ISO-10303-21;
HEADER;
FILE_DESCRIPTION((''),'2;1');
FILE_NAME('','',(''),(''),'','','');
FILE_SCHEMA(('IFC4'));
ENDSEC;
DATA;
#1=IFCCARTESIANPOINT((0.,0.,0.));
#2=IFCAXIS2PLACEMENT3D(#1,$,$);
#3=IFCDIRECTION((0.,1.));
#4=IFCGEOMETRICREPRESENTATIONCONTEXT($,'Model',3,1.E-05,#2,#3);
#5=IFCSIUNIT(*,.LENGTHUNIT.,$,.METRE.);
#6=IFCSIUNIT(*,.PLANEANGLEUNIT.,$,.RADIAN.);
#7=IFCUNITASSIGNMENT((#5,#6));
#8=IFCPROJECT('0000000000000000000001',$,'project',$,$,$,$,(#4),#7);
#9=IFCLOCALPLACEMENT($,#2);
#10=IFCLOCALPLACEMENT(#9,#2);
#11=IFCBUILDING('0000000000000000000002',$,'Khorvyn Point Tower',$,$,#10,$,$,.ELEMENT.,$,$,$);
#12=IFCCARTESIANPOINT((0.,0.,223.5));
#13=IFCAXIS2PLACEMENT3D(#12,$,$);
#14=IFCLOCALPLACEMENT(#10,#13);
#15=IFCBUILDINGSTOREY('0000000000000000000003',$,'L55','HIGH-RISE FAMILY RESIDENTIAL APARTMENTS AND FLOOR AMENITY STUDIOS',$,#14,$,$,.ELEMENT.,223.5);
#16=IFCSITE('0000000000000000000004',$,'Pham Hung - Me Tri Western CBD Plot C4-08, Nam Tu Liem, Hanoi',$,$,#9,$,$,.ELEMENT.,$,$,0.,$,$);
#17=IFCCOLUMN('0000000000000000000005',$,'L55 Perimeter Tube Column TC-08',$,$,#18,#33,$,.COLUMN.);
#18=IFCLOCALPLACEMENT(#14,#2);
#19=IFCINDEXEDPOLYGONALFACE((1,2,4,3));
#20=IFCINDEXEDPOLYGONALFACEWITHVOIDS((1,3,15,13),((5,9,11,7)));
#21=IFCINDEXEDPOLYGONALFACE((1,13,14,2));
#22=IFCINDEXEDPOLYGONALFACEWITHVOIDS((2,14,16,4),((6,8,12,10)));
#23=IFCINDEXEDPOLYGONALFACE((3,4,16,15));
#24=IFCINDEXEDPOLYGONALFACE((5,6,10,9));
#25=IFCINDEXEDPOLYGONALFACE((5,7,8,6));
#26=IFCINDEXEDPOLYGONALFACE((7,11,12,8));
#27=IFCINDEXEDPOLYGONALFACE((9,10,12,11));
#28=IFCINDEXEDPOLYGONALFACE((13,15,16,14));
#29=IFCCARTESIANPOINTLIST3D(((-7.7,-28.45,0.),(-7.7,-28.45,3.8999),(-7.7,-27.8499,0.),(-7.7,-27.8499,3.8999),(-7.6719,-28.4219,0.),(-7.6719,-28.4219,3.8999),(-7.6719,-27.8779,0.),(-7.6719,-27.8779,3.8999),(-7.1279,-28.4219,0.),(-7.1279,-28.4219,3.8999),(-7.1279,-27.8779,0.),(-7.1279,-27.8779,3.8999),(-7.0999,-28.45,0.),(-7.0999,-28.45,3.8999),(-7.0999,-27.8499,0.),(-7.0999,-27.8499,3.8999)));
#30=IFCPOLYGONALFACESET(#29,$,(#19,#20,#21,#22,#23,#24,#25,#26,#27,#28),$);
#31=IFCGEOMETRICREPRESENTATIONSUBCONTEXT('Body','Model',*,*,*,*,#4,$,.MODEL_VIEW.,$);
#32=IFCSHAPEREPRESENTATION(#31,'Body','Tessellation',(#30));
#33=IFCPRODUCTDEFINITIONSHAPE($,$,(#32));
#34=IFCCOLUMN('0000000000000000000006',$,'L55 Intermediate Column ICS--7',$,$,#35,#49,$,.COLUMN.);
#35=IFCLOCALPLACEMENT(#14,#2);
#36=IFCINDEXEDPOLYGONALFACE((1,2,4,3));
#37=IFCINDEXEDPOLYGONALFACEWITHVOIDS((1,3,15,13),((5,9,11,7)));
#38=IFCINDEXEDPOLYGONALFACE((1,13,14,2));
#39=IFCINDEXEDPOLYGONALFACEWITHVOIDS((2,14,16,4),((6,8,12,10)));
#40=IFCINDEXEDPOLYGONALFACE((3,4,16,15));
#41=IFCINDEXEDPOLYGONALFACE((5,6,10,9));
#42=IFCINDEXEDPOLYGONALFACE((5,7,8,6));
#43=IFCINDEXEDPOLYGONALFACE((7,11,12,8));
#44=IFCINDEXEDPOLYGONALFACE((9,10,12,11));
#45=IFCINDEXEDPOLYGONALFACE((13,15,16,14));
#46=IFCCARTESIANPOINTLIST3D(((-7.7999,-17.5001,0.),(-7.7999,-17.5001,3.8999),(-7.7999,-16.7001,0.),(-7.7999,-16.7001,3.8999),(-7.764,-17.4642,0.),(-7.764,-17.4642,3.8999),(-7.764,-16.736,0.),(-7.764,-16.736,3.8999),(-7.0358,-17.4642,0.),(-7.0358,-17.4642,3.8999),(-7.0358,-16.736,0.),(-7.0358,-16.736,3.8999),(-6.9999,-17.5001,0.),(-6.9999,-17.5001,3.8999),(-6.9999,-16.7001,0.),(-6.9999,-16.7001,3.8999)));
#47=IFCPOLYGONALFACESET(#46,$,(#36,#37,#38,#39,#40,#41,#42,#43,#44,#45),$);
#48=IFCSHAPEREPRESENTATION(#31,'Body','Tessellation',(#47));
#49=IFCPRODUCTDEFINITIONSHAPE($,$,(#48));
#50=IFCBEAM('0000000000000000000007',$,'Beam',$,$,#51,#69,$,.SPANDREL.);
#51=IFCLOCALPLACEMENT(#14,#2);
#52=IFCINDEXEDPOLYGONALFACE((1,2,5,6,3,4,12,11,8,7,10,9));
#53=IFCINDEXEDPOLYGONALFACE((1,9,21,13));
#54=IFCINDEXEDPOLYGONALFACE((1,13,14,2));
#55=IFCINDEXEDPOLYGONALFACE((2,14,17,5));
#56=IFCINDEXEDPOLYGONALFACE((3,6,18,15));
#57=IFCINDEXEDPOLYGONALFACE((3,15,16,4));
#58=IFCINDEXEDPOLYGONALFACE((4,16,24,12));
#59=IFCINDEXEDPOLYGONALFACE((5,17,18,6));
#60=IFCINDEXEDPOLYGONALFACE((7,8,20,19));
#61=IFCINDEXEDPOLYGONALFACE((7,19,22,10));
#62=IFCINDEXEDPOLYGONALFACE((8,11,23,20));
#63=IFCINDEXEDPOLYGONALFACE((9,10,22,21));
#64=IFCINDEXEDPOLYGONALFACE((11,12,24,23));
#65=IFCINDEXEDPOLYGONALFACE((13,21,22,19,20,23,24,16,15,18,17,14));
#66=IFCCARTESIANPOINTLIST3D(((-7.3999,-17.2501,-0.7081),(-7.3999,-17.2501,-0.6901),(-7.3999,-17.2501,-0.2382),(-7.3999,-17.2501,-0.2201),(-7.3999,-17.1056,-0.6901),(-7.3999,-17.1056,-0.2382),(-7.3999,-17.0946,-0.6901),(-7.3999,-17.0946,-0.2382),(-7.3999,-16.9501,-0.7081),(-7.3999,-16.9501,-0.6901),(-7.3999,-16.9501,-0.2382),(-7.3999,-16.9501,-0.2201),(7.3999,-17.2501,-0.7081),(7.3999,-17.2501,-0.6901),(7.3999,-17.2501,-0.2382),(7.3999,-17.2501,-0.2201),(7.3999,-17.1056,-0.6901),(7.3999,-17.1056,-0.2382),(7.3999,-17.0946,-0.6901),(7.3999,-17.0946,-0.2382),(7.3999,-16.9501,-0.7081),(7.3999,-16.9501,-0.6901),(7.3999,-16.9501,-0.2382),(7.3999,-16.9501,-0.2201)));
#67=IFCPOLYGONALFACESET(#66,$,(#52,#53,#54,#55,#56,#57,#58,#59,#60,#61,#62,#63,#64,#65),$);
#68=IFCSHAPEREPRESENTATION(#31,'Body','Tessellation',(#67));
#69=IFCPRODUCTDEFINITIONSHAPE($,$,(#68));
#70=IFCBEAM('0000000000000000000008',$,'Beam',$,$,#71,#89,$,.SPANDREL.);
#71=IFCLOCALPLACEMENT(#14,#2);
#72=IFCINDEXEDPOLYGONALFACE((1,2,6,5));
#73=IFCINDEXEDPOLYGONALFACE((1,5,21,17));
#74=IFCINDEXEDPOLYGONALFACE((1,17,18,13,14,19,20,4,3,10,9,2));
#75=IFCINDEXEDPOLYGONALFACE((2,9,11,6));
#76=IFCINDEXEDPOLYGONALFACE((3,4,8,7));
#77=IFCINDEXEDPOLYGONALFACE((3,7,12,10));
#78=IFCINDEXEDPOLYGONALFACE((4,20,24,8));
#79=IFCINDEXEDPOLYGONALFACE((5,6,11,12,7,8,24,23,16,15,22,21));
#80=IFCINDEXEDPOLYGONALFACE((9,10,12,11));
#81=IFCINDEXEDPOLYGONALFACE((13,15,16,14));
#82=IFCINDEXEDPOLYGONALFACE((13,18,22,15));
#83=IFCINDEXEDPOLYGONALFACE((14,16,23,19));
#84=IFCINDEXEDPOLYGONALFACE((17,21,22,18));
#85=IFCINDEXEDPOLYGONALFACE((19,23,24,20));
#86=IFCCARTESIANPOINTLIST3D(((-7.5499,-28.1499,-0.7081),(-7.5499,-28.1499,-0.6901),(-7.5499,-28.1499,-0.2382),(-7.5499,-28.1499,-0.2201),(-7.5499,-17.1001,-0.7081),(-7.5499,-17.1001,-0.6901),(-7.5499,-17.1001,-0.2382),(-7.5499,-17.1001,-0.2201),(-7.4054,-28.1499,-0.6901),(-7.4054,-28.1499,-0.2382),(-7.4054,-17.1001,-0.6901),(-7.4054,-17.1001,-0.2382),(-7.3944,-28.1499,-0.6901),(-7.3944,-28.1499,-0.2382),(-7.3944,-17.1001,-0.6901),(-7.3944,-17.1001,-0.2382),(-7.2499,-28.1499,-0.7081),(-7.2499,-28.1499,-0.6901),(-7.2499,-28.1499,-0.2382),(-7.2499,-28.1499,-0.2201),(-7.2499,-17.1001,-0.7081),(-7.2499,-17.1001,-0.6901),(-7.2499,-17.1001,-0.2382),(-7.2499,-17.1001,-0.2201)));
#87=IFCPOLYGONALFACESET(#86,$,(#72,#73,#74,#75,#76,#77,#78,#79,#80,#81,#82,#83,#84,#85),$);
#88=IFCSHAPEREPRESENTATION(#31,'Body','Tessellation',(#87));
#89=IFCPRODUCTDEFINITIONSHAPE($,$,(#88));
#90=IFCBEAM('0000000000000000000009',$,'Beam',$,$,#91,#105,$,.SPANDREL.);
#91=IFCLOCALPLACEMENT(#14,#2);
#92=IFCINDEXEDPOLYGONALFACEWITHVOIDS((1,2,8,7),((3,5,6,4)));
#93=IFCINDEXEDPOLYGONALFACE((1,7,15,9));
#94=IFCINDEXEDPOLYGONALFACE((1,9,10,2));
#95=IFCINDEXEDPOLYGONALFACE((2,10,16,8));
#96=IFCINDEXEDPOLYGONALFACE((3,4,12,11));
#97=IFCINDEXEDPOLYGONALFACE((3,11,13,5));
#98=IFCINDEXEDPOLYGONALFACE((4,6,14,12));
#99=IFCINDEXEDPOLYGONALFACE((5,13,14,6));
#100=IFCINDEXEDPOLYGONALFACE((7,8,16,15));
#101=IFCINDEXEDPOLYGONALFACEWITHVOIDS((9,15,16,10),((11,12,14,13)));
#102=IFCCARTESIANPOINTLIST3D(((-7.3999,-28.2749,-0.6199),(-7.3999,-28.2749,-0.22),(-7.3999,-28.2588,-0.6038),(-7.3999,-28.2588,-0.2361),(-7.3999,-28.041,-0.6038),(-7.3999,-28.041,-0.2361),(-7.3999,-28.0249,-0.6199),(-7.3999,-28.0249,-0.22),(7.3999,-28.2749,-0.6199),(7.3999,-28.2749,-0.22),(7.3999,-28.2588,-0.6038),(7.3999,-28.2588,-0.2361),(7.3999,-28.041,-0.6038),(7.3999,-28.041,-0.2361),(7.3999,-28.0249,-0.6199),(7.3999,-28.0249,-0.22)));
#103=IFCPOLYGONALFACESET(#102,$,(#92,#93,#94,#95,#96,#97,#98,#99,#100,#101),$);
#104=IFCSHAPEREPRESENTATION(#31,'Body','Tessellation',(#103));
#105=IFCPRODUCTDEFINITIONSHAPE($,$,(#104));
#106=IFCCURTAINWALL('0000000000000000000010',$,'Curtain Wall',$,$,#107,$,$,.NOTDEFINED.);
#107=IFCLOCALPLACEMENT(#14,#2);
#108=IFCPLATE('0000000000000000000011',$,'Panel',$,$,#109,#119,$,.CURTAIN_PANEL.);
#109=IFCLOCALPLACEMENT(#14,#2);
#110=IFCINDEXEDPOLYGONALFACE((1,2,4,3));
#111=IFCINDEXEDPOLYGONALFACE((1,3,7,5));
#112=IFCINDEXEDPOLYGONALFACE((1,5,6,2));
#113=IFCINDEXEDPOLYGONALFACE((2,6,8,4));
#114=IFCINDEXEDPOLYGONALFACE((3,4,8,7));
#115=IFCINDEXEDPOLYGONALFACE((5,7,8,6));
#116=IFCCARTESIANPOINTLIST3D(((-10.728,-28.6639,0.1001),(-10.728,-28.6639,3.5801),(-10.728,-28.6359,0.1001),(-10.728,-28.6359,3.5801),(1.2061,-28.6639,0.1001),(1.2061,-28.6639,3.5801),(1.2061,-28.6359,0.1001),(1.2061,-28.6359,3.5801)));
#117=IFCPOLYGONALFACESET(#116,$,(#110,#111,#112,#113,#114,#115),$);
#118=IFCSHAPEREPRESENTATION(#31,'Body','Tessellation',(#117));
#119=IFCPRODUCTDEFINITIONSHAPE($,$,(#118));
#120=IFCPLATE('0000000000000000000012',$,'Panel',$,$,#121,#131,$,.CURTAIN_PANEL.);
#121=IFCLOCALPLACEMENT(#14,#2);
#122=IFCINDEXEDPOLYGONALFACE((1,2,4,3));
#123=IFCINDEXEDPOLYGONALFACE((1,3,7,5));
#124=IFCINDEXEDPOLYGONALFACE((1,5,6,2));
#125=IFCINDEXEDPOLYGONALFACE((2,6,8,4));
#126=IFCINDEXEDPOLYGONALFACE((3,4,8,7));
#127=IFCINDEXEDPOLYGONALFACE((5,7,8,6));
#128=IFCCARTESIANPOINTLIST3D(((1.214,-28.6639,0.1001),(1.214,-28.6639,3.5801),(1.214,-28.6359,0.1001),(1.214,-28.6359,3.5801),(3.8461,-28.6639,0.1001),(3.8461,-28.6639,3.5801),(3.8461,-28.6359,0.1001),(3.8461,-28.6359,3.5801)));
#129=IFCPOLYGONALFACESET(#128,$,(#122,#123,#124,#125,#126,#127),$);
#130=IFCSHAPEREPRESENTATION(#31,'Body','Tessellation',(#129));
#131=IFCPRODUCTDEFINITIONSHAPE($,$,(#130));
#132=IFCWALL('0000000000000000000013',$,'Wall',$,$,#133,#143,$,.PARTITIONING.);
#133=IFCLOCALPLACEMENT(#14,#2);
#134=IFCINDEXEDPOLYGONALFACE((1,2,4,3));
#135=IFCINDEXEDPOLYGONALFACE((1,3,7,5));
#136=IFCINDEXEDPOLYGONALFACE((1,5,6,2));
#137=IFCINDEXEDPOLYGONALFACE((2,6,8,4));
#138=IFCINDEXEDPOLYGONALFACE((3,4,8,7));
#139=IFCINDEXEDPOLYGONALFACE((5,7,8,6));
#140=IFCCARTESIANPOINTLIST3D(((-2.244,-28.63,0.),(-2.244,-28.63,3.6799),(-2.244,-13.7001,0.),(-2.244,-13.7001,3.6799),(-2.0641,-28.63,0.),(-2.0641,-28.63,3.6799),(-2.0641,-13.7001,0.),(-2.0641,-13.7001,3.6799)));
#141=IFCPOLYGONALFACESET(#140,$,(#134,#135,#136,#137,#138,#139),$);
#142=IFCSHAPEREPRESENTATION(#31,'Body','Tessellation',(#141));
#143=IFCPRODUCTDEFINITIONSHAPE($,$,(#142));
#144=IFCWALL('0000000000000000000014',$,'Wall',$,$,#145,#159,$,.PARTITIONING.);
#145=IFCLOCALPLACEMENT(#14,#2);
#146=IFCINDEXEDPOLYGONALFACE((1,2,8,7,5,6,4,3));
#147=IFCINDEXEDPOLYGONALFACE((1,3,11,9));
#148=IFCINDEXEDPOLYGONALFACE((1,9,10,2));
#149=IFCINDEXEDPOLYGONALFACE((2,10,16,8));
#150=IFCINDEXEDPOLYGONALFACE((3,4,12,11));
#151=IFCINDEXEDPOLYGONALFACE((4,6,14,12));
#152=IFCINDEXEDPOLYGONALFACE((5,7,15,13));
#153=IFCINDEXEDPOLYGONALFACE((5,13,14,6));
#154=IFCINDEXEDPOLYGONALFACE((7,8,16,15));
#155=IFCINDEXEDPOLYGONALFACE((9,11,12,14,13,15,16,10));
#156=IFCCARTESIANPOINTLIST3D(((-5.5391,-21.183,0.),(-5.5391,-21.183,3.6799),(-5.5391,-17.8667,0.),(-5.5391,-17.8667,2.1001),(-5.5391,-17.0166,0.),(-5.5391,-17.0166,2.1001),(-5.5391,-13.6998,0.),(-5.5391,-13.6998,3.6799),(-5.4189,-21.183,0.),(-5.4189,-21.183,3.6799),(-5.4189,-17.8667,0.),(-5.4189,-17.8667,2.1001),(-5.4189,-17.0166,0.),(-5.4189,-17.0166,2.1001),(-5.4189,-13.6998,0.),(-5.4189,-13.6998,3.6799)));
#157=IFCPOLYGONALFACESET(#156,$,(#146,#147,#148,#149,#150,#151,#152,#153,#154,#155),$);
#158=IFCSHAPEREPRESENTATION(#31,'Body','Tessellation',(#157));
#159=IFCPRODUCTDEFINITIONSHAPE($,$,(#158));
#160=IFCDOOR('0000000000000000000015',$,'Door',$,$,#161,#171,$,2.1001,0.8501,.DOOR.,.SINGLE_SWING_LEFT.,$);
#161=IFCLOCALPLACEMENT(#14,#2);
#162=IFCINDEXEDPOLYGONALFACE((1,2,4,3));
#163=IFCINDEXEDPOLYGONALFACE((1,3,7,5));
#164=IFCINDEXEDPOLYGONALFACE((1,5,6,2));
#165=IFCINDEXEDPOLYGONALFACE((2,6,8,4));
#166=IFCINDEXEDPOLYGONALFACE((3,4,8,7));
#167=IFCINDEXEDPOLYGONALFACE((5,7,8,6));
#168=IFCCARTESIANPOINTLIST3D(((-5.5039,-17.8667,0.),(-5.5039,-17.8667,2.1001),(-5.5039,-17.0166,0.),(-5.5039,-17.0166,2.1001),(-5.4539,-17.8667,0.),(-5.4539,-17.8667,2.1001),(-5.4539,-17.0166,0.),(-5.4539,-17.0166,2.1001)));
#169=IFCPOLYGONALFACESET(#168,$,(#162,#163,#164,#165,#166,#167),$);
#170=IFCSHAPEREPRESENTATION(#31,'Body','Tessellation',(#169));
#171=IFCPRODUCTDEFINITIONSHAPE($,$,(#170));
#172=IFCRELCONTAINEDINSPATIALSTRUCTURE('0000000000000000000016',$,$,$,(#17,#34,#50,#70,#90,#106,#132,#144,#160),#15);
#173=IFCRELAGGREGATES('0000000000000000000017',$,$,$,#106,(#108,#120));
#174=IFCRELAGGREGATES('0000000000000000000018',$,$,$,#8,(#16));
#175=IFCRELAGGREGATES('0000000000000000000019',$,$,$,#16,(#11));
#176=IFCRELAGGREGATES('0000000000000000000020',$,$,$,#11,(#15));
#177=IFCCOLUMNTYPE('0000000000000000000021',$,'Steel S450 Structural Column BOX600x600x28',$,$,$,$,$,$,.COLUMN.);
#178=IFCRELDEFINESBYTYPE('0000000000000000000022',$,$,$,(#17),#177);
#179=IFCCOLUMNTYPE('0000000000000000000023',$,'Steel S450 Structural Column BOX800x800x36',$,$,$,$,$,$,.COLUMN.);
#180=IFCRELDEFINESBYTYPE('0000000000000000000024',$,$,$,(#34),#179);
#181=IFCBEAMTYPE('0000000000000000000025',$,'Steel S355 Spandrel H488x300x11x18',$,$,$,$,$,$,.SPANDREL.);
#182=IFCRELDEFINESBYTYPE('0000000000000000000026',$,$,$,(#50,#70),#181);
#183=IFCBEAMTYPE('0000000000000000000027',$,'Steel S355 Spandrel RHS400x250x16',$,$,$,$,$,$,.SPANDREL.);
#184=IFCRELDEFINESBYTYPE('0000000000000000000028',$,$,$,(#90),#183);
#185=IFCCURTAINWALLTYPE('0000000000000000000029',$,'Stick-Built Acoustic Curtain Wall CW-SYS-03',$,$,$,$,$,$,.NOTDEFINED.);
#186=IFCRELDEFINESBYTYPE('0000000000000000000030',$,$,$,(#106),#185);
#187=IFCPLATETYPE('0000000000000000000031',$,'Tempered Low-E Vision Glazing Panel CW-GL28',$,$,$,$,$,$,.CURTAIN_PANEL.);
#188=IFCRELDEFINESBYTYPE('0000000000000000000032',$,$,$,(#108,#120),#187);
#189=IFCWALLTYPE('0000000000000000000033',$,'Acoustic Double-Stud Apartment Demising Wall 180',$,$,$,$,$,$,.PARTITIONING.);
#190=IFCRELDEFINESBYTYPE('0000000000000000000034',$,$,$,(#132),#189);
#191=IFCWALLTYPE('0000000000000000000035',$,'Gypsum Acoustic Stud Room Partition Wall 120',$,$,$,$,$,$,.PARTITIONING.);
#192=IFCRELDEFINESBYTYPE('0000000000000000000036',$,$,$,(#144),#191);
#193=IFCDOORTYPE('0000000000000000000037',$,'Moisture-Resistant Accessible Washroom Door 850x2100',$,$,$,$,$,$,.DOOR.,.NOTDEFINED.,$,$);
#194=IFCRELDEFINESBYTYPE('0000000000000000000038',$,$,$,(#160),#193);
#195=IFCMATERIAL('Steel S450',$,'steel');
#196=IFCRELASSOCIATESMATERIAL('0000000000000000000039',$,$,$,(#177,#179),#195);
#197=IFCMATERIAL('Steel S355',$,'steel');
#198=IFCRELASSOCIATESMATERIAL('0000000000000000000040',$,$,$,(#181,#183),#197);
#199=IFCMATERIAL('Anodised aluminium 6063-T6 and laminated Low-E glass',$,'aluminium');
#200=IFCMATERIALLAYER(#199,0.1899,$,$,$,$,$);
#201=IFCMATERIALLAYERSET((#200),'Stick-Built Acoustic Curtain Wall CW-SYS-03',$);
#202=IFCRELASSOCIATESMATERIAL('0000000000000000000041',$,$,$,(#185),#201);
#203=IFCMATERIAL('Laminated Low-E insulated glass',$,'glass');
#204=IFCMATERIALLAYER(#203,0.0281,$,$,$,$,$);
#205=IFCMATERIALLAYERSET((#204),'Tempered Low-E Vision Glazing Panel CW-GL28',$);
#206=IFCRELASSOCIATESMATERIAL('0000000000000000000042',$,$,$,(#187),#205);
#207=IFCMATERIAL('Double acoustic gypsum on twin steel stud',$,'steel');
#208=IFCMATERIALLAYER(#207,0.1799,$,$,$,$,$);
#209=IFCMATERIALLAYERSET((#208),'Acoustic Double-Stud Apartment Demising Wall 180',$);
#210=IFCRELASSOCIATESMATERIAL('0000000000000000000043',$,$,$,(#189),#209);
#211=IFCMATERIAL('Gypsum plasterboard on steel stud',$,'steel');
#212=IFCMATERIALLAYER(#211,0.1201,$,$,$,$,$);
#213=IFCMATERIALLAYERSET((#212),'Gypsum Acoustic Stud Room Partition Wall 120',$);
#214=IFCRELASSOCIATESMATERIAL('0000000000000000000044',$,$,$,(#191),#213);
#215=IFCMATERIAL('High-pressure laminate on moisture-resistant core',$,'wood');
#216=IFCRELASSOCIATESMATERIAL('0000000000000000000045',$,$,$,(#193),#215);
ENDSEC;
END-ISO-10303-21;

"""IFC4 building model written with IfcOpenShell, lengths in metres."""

from ifc_helpers import new_model, si_unit, direction, frame, frame_2d, origin, origin_2d, place, context, subcontext, project, spatial, rectangle, hollow_rectangle, i_section, extrude, material, layer, layer_set, material_profile, profile_set, type_object, element, fill, aggregate, save


model = new_model("IFC4")

# Units and contexts
model_context = context("Model", 3, precision=1e-05, world=origin(), true_north=direction((0.0, 1.0)))
body_context = subcontext(model_context, "Body", "Model", "MODEL_VIEW")
ifc_project = project(units=[si_unit("LENGTHUNIT", "METRE"), si_unit("PLANEANGLEUNIT", "RADIAN")], contexts=[model_context])

# Site, building, storey
site_placement = place(None, origin())
site = spatial("IfcSite", under=ifc_project, at=site_placement, Name="Pham Hung - Me Tri Western CBD Plot C4-08, Nam Tu Liem, Hanoi", CompositionType="ELEMENT", RefElevation=0.0)
building_placement = place(site_placement, origin())
building = spatial("IfcBuilding", under=site, at=building_placement, Name="Khorvyn Point Tower", CompositionType="ELEMENT")
storey_placement = place(building_placement, frame((0.0, 0.0, 223.5)))
storey = spatial("IfcBuildingStorey", under=building, at=storey_placement, Name="L55", Description="HIGH-RISE FAMILY RESIDENTIAL APARTMENTS AND FLOOR AMENITY STUDIOS", CompositionType="ELEMENT", Elevation=223.5)

# Columns
ifc_material_1 = material(Name="Steel S450", Category="steel")
ifc_material_profile_1 = material_profile(ifc_material_1, hollow_rectangle(XDim=0.6001, YDim=0.6001, WallThickness=0.0281, at=origin_2d()))
ifc_profile_set_1 = profile_set([ifc_material_profile_1], Name="Steel S450 BOX600x600x28")
column_type_1 = type_object("IfcColumnType", Name="Steel S450 Structural Column BOX600x600x28", PredefinedType="COLUMN", material=ifc_profile_set_1)
column_1_placement = place(storey_placement, frame((-7.3999, -28.1499, 0.0), z_axis=(0.0, 0.0, 1.0), x_axis=(1.0, 0.0, 0.0)))
element("IfcColumn", 1, at=column_1_placement, inside=storey, type_object=column_type_1, Name="L55 Perimeter Tube Column TC-08", PredefinedType="COLUMN", context=body_context, shape_type="SweptSolid", body=[
    extrude(hollow_rectangle(XDim=0.6001, YDim=0.6001, WallThickness=0.0281, at=origin_2d()), origin(), (0.0, 0.0, 1.0), 3.8999),
])
ifc_material_profile_2 = material_profile(ifc_material_1, hollow_rectangle(XDim=0.8, YDim=0.8, WallThickness=0.0359, at=origin_2d()))
ifc_profile_set_2 = profile_set([ifc_material_profile_2], Name="Steel S450 BOX800x800x36")
column_type_2 = type_object("IfcColumnType", Name="Steel S450 Structural Column BOX800x800x36", PredefinedType="COLUMN", material=ifc_profile_set_2)
column_2_placement = place(storey_placement, frame((-7.3999, -17.1001, 0.0), z_axis=(0.0, 0.0, 1.0), x_axis=(1.0, 0.0, 0.0)))
element("IfcColumn", 2, at=column_2_placement, inside=storey, type_object=column_type_2, Name="L55 Intermediate Column ICS--7", PredefinedType="COLUMN", context=body_context, shape_type="SweptSolid", body=[
    extrude(hollow_rectangle(XDim=0.8, YDim=0.8, WallThickness=0.0359, at=origin_2d()), origin(), (0.0, 0.0, 1.0), 3.8999),
])

# Beams
ifc_material_2 = material(Name="Steel S355", Category="steel")
ifc_material_profile_3 = material_profile(ifc_material_2, i_section(OverallWidth=0.3, OverallDepth=0.488, WebThickness=0.011, FlangeThickness=0.0181, at=origin_2d()))
ifc_profile_set_3 = profile_set([ifc_material_profile_3], Name="Steel S355 H488x300x11x18")
beam_type_1 = type_object("IfcBeamType", Name="Steel S355 Spandrel H488x300x11x18", PredefinedType="SPANDREL", material=ifc_profile_set_3)
beam_1_placement = place(storey_placement, frame((-7.3999, -17.1001, -0.4641), z_axis=(1.0, 0.0, 0.0), x_axis=(0.0, 1.0, 0.0)))
element("IfcBeam", 3, at=beam_1_placement, inside=storey, type_object=beam_type_1, Name="Beam", PredefinedType="SPANDREL", context=body_context, shape_type="SweptSolid", body=[
    extrude(i_section(OverallWidth=0.3, OverallDepth=0.488, WebThickness=0.011, FlangeThickness=0.0181, at=origin_2d()), origin(), (0.0, 0.0, 1.0), 14.7998),
])
beam_2_placement = place(storey_placement, frame((-7.3999, -28.1499, -0.4641), z_axis=(0.0, 1.0, 0.0), x_axis=(-1.0, 0.0, 0.0)))
element("IfcBeam", 4, at=beam_2_placement, inside=storey, type_object=beam_type_1, Name="Beam", PredefinedType="SPANDREL", context=body_context, shape_type="SweptSolid", body=[
    extrude(i_section(OverallWidth=0.3, OverallDepth=0.488, WebThickness=0.011, FlangeThickness=0.0181, at=origin_2d()), origin(), (0.0, 0.0, 1.0), 11.0498),
])
ifc_material_profile_4 = material_profile(ifc_material_2, hollow_rectangle(XDim=0.25, YDim=0.3999, WallThickness=0.0161, at=origin_2d()))
ifc_profile_set_4 = profile_set([ifc_material_profile_4], Name="Steel S355 RHS400x250x16")
beam_type_2 = type_object("IfcBeamType", Name="Steel S355 Spandrel RHS400x250x16", PredefinedType="SPANDREL", material=ifc_profile_set_4)
beam_3_placement = place(storey_placement, frame((-7.3999, -28.1499, -0.4199), z_axis=(1.0, 0.0, 0.0), x_axis=(0.0, 1.0, 0.0)))
element("IfcBeam", 5, at=beam_3_placement, inside=storey, type_object=beam_type_2, Name="Beam", PredefinedType="SPANDREL", context=body_context, shape_type="SweptSolid", body=[
    extrude(hollow_rectangle(XDim=0.25, YDim=0.3999, WallThickness=0.0161, at=origin_2d()), origin(), (0.0, 0.0, 1.0), 14.7998),
])

# Curtain wall, plates
ifc_material_3 = material(Name="Anodised aluminium 6063-T6 and laminated Low-E glass", Category="aluminium")
ifc_layer_1 = layer(ifc_material_3, 0.1899)
ifc_layer_set_1 = layer_set([ifc_layer_1], Name="Stick-Built Acoustic Curtain Wall CW-SYS-03")
curtain_wall_type = type_object("IfcCurtainWallType", Name="Stick-Built Acoustic Curtain Wall CW-SYS-03", PredefinedType="NOTDEFINED", material=ifc_layer_set_1)
curtain_wall_placement = place(storey_placement, origin())
curtain_wall = element("IfcCurtainWall", 6, at=curtain_wall_placement, inside=storey, type_object=curtain_wall_type, Name="Curtain Wall", PredefinedType="NOTDEFINED")
ifc_material_4 = material(Name="Laminated Low-E insulated glass", Category="glass")
ifc_layer_2 = layer(ifc_material_4, 0.0281)
ifc_layer_set_2 = layer_set([ifc_layer_2], Name="Tempered Low-E Vision Glazing Panel CW-GL28")
plate_type = type_object("IfcPlateType", Name="Tempered Low-E Vision Glazing Panel CW-GL28", PredefinedType="CURTAIN_PANEL", material=ifc_layer_set_2)
plate_1_placement = place(storey_placement, frame((-4.761, -28.6499, 0.1001), z_axis=(0.0, 0.0, 1.0), x_axis=(-1.0, 0.0, 0.0)))
plate_1 = element("IfcPlate", 7, at=plate_1_placement, type_object=plate_type, Name="Panel", PredefinedType="CURTAIN_PANEL", context=body_context, shape_type="SweptSolid", body=[
    extrude(rectangle(XDim=11.9341, YDim=0.0281, at=origin_2d()), origin(), (0.0, 0.0, 1.0), 3.48),
])
plate_2_placement = place(storey_placement, frame((2.53, -28.6499, 0.1001), z_axis=(0.0, 0.0, 1.0), x_axis=(-1.0, 0.0, 0.0)))
plate_2 = element("IfcPlate", 8, at=plate_2_placement, type_object=plate_type, Name="Panel", PredefinedType="CURTAIN_PANEL", context=body_context, shape_type="SweptSolid", body=[
    extrude(rectangle(XDim=2.6321, YDim=0.0281, at=origin_2d()), origin(), (0.0, 0.0, 1.0), 3.48),
])
aggregate(curtain_wall, [plate_1, plate_2])

# Wall
ifc_material_5 = material(Name="Double acoustic gypsum on twin steel stud", Category="steel")
ifc_layer_3 = layer(ifc_material_5, 0.1799)
ifc_layer_set_3 = layer_set([ifc_layer_3], Name="Acoustic Double-Stud Apartment Demising Wall 180")
wall_type_1 = type_object("IfcWallType", Name="Acoustic Double-Stud Apartment Demising Wall 180", PredefinedType="PARTITIONING", material=ifc_layer_set_3)
wall_1_placement = place(storey_placement, frame((-2.1541, -28.6299, 0.0), z_axis=(0.0, 0.0, 1.0), x_axis=(0.0, 1.0, 0.0)))
element("IfcWall", 9, at=wall_1_placement, inside=storey, type_object=wall_type_1, Name="Wall", PredefinedType="PARTITIONING", context=body_context, shape_type="SweptSolid", body=[
    extrude(rectangle(XDim=14.9299, YDim=0.1799, at=frame_2d((7.4648, 0.0))), origin(), (0.0, 0.0, 1.0), 3.6799),
])

# Wall, opening, door
ifc_material_6 = material(Name="Gypsum plasterboard on steel stud", Category="steel")
ifc_layer_4 = layer(ifc_material_6, 0.1201)
ifc_layer_set_4 = layer_set([ifc_layer_4], Name="Gypsum Acoustic Stud Room Partition Wall 120")
wall_type_2 = type_object("IfcWallType", Name="Gypsum Acoustic Stud Room Partition Wall 120", PredefinedType="PARTITIONING", material=ifc_layer_set_4)
wall_2_placement = place(storey_placement, frame((-5.479, -21.1831, 0.0), z_axis=(0.0, 0.0, 1.0), x_axis=(0.0, 1.0, 0.0)))
wall_2 = element("IfcWall", 10, at=wall_2_placement, inside=storey, type_object=wall_type_2, Name="Wall", PredefinedType="PARTITIONING", context=body_context, shape_type="SweptSolid", body=[
    extrude(rectangle(XDim=7.4832, YDim=0.1201, at=frame_2d((3.7417, 0.0))), origin(), (0.0, 0.0, 1.0), 3.6799),
])
opening_1_placement = place(wall_2_placement, frame((3.3164, 0.0, 0.0)))
opening_1 = element("IfcOpeningElement", 11, at=opening_1_placement, cuts=wall_2, PredefinedType="OPENING", context=body_context, shape_type="SweptSolid", body=[
    extrude(rectangle(XDim=0.8501, YDim=2.1001, at=frame_2d((0.425, 1.05))), frame((0.0, 0.0701, 0.0), z_axis=(0.0, -1.0, 0.0), x_axis=(1.0, 0.0, 0.0)), (0.0, 0.0, 1.0), 0.1401),
])
ifc_material_7 = material(Name="High-pressure laminate on moisture-resistant core", Category="wood")
door_type_1 = type_object("IfcDoorType", Name="Moisture-Resistant Accessible Washroom Door 850x2100", OperationType="NOTDEFINED", PredefinedType="DOOR", material=ifc_material_7)
door_1_placement = place(opening_1_placement, origin())
door_1 = element("IfcDoor", 12, at=door_1_placement, inside=storey, type_object=door_type_1, Name="Door", OperationType="SINGLE_SWING_LEFT", OverallHeight=2.1001, OverallWidth=0.8501, PredefinedType="DOOR", context=body_context, shape_type="SweptSolid", body=[
    extrude(rectangle(XDim=0.8501, YDim=2.1001, at=frame_2d((0.425, 1.05))), frame((0.0, 0.0249, 0.0), z_axis=(0.0, -1.0, 0.0), x_axis=(1.0, 0.0, 0.0)), (0.0, 0.0, 1.0), 0.05),
])
fill(opening_1, door_1)

save(model, "model.ifc")
